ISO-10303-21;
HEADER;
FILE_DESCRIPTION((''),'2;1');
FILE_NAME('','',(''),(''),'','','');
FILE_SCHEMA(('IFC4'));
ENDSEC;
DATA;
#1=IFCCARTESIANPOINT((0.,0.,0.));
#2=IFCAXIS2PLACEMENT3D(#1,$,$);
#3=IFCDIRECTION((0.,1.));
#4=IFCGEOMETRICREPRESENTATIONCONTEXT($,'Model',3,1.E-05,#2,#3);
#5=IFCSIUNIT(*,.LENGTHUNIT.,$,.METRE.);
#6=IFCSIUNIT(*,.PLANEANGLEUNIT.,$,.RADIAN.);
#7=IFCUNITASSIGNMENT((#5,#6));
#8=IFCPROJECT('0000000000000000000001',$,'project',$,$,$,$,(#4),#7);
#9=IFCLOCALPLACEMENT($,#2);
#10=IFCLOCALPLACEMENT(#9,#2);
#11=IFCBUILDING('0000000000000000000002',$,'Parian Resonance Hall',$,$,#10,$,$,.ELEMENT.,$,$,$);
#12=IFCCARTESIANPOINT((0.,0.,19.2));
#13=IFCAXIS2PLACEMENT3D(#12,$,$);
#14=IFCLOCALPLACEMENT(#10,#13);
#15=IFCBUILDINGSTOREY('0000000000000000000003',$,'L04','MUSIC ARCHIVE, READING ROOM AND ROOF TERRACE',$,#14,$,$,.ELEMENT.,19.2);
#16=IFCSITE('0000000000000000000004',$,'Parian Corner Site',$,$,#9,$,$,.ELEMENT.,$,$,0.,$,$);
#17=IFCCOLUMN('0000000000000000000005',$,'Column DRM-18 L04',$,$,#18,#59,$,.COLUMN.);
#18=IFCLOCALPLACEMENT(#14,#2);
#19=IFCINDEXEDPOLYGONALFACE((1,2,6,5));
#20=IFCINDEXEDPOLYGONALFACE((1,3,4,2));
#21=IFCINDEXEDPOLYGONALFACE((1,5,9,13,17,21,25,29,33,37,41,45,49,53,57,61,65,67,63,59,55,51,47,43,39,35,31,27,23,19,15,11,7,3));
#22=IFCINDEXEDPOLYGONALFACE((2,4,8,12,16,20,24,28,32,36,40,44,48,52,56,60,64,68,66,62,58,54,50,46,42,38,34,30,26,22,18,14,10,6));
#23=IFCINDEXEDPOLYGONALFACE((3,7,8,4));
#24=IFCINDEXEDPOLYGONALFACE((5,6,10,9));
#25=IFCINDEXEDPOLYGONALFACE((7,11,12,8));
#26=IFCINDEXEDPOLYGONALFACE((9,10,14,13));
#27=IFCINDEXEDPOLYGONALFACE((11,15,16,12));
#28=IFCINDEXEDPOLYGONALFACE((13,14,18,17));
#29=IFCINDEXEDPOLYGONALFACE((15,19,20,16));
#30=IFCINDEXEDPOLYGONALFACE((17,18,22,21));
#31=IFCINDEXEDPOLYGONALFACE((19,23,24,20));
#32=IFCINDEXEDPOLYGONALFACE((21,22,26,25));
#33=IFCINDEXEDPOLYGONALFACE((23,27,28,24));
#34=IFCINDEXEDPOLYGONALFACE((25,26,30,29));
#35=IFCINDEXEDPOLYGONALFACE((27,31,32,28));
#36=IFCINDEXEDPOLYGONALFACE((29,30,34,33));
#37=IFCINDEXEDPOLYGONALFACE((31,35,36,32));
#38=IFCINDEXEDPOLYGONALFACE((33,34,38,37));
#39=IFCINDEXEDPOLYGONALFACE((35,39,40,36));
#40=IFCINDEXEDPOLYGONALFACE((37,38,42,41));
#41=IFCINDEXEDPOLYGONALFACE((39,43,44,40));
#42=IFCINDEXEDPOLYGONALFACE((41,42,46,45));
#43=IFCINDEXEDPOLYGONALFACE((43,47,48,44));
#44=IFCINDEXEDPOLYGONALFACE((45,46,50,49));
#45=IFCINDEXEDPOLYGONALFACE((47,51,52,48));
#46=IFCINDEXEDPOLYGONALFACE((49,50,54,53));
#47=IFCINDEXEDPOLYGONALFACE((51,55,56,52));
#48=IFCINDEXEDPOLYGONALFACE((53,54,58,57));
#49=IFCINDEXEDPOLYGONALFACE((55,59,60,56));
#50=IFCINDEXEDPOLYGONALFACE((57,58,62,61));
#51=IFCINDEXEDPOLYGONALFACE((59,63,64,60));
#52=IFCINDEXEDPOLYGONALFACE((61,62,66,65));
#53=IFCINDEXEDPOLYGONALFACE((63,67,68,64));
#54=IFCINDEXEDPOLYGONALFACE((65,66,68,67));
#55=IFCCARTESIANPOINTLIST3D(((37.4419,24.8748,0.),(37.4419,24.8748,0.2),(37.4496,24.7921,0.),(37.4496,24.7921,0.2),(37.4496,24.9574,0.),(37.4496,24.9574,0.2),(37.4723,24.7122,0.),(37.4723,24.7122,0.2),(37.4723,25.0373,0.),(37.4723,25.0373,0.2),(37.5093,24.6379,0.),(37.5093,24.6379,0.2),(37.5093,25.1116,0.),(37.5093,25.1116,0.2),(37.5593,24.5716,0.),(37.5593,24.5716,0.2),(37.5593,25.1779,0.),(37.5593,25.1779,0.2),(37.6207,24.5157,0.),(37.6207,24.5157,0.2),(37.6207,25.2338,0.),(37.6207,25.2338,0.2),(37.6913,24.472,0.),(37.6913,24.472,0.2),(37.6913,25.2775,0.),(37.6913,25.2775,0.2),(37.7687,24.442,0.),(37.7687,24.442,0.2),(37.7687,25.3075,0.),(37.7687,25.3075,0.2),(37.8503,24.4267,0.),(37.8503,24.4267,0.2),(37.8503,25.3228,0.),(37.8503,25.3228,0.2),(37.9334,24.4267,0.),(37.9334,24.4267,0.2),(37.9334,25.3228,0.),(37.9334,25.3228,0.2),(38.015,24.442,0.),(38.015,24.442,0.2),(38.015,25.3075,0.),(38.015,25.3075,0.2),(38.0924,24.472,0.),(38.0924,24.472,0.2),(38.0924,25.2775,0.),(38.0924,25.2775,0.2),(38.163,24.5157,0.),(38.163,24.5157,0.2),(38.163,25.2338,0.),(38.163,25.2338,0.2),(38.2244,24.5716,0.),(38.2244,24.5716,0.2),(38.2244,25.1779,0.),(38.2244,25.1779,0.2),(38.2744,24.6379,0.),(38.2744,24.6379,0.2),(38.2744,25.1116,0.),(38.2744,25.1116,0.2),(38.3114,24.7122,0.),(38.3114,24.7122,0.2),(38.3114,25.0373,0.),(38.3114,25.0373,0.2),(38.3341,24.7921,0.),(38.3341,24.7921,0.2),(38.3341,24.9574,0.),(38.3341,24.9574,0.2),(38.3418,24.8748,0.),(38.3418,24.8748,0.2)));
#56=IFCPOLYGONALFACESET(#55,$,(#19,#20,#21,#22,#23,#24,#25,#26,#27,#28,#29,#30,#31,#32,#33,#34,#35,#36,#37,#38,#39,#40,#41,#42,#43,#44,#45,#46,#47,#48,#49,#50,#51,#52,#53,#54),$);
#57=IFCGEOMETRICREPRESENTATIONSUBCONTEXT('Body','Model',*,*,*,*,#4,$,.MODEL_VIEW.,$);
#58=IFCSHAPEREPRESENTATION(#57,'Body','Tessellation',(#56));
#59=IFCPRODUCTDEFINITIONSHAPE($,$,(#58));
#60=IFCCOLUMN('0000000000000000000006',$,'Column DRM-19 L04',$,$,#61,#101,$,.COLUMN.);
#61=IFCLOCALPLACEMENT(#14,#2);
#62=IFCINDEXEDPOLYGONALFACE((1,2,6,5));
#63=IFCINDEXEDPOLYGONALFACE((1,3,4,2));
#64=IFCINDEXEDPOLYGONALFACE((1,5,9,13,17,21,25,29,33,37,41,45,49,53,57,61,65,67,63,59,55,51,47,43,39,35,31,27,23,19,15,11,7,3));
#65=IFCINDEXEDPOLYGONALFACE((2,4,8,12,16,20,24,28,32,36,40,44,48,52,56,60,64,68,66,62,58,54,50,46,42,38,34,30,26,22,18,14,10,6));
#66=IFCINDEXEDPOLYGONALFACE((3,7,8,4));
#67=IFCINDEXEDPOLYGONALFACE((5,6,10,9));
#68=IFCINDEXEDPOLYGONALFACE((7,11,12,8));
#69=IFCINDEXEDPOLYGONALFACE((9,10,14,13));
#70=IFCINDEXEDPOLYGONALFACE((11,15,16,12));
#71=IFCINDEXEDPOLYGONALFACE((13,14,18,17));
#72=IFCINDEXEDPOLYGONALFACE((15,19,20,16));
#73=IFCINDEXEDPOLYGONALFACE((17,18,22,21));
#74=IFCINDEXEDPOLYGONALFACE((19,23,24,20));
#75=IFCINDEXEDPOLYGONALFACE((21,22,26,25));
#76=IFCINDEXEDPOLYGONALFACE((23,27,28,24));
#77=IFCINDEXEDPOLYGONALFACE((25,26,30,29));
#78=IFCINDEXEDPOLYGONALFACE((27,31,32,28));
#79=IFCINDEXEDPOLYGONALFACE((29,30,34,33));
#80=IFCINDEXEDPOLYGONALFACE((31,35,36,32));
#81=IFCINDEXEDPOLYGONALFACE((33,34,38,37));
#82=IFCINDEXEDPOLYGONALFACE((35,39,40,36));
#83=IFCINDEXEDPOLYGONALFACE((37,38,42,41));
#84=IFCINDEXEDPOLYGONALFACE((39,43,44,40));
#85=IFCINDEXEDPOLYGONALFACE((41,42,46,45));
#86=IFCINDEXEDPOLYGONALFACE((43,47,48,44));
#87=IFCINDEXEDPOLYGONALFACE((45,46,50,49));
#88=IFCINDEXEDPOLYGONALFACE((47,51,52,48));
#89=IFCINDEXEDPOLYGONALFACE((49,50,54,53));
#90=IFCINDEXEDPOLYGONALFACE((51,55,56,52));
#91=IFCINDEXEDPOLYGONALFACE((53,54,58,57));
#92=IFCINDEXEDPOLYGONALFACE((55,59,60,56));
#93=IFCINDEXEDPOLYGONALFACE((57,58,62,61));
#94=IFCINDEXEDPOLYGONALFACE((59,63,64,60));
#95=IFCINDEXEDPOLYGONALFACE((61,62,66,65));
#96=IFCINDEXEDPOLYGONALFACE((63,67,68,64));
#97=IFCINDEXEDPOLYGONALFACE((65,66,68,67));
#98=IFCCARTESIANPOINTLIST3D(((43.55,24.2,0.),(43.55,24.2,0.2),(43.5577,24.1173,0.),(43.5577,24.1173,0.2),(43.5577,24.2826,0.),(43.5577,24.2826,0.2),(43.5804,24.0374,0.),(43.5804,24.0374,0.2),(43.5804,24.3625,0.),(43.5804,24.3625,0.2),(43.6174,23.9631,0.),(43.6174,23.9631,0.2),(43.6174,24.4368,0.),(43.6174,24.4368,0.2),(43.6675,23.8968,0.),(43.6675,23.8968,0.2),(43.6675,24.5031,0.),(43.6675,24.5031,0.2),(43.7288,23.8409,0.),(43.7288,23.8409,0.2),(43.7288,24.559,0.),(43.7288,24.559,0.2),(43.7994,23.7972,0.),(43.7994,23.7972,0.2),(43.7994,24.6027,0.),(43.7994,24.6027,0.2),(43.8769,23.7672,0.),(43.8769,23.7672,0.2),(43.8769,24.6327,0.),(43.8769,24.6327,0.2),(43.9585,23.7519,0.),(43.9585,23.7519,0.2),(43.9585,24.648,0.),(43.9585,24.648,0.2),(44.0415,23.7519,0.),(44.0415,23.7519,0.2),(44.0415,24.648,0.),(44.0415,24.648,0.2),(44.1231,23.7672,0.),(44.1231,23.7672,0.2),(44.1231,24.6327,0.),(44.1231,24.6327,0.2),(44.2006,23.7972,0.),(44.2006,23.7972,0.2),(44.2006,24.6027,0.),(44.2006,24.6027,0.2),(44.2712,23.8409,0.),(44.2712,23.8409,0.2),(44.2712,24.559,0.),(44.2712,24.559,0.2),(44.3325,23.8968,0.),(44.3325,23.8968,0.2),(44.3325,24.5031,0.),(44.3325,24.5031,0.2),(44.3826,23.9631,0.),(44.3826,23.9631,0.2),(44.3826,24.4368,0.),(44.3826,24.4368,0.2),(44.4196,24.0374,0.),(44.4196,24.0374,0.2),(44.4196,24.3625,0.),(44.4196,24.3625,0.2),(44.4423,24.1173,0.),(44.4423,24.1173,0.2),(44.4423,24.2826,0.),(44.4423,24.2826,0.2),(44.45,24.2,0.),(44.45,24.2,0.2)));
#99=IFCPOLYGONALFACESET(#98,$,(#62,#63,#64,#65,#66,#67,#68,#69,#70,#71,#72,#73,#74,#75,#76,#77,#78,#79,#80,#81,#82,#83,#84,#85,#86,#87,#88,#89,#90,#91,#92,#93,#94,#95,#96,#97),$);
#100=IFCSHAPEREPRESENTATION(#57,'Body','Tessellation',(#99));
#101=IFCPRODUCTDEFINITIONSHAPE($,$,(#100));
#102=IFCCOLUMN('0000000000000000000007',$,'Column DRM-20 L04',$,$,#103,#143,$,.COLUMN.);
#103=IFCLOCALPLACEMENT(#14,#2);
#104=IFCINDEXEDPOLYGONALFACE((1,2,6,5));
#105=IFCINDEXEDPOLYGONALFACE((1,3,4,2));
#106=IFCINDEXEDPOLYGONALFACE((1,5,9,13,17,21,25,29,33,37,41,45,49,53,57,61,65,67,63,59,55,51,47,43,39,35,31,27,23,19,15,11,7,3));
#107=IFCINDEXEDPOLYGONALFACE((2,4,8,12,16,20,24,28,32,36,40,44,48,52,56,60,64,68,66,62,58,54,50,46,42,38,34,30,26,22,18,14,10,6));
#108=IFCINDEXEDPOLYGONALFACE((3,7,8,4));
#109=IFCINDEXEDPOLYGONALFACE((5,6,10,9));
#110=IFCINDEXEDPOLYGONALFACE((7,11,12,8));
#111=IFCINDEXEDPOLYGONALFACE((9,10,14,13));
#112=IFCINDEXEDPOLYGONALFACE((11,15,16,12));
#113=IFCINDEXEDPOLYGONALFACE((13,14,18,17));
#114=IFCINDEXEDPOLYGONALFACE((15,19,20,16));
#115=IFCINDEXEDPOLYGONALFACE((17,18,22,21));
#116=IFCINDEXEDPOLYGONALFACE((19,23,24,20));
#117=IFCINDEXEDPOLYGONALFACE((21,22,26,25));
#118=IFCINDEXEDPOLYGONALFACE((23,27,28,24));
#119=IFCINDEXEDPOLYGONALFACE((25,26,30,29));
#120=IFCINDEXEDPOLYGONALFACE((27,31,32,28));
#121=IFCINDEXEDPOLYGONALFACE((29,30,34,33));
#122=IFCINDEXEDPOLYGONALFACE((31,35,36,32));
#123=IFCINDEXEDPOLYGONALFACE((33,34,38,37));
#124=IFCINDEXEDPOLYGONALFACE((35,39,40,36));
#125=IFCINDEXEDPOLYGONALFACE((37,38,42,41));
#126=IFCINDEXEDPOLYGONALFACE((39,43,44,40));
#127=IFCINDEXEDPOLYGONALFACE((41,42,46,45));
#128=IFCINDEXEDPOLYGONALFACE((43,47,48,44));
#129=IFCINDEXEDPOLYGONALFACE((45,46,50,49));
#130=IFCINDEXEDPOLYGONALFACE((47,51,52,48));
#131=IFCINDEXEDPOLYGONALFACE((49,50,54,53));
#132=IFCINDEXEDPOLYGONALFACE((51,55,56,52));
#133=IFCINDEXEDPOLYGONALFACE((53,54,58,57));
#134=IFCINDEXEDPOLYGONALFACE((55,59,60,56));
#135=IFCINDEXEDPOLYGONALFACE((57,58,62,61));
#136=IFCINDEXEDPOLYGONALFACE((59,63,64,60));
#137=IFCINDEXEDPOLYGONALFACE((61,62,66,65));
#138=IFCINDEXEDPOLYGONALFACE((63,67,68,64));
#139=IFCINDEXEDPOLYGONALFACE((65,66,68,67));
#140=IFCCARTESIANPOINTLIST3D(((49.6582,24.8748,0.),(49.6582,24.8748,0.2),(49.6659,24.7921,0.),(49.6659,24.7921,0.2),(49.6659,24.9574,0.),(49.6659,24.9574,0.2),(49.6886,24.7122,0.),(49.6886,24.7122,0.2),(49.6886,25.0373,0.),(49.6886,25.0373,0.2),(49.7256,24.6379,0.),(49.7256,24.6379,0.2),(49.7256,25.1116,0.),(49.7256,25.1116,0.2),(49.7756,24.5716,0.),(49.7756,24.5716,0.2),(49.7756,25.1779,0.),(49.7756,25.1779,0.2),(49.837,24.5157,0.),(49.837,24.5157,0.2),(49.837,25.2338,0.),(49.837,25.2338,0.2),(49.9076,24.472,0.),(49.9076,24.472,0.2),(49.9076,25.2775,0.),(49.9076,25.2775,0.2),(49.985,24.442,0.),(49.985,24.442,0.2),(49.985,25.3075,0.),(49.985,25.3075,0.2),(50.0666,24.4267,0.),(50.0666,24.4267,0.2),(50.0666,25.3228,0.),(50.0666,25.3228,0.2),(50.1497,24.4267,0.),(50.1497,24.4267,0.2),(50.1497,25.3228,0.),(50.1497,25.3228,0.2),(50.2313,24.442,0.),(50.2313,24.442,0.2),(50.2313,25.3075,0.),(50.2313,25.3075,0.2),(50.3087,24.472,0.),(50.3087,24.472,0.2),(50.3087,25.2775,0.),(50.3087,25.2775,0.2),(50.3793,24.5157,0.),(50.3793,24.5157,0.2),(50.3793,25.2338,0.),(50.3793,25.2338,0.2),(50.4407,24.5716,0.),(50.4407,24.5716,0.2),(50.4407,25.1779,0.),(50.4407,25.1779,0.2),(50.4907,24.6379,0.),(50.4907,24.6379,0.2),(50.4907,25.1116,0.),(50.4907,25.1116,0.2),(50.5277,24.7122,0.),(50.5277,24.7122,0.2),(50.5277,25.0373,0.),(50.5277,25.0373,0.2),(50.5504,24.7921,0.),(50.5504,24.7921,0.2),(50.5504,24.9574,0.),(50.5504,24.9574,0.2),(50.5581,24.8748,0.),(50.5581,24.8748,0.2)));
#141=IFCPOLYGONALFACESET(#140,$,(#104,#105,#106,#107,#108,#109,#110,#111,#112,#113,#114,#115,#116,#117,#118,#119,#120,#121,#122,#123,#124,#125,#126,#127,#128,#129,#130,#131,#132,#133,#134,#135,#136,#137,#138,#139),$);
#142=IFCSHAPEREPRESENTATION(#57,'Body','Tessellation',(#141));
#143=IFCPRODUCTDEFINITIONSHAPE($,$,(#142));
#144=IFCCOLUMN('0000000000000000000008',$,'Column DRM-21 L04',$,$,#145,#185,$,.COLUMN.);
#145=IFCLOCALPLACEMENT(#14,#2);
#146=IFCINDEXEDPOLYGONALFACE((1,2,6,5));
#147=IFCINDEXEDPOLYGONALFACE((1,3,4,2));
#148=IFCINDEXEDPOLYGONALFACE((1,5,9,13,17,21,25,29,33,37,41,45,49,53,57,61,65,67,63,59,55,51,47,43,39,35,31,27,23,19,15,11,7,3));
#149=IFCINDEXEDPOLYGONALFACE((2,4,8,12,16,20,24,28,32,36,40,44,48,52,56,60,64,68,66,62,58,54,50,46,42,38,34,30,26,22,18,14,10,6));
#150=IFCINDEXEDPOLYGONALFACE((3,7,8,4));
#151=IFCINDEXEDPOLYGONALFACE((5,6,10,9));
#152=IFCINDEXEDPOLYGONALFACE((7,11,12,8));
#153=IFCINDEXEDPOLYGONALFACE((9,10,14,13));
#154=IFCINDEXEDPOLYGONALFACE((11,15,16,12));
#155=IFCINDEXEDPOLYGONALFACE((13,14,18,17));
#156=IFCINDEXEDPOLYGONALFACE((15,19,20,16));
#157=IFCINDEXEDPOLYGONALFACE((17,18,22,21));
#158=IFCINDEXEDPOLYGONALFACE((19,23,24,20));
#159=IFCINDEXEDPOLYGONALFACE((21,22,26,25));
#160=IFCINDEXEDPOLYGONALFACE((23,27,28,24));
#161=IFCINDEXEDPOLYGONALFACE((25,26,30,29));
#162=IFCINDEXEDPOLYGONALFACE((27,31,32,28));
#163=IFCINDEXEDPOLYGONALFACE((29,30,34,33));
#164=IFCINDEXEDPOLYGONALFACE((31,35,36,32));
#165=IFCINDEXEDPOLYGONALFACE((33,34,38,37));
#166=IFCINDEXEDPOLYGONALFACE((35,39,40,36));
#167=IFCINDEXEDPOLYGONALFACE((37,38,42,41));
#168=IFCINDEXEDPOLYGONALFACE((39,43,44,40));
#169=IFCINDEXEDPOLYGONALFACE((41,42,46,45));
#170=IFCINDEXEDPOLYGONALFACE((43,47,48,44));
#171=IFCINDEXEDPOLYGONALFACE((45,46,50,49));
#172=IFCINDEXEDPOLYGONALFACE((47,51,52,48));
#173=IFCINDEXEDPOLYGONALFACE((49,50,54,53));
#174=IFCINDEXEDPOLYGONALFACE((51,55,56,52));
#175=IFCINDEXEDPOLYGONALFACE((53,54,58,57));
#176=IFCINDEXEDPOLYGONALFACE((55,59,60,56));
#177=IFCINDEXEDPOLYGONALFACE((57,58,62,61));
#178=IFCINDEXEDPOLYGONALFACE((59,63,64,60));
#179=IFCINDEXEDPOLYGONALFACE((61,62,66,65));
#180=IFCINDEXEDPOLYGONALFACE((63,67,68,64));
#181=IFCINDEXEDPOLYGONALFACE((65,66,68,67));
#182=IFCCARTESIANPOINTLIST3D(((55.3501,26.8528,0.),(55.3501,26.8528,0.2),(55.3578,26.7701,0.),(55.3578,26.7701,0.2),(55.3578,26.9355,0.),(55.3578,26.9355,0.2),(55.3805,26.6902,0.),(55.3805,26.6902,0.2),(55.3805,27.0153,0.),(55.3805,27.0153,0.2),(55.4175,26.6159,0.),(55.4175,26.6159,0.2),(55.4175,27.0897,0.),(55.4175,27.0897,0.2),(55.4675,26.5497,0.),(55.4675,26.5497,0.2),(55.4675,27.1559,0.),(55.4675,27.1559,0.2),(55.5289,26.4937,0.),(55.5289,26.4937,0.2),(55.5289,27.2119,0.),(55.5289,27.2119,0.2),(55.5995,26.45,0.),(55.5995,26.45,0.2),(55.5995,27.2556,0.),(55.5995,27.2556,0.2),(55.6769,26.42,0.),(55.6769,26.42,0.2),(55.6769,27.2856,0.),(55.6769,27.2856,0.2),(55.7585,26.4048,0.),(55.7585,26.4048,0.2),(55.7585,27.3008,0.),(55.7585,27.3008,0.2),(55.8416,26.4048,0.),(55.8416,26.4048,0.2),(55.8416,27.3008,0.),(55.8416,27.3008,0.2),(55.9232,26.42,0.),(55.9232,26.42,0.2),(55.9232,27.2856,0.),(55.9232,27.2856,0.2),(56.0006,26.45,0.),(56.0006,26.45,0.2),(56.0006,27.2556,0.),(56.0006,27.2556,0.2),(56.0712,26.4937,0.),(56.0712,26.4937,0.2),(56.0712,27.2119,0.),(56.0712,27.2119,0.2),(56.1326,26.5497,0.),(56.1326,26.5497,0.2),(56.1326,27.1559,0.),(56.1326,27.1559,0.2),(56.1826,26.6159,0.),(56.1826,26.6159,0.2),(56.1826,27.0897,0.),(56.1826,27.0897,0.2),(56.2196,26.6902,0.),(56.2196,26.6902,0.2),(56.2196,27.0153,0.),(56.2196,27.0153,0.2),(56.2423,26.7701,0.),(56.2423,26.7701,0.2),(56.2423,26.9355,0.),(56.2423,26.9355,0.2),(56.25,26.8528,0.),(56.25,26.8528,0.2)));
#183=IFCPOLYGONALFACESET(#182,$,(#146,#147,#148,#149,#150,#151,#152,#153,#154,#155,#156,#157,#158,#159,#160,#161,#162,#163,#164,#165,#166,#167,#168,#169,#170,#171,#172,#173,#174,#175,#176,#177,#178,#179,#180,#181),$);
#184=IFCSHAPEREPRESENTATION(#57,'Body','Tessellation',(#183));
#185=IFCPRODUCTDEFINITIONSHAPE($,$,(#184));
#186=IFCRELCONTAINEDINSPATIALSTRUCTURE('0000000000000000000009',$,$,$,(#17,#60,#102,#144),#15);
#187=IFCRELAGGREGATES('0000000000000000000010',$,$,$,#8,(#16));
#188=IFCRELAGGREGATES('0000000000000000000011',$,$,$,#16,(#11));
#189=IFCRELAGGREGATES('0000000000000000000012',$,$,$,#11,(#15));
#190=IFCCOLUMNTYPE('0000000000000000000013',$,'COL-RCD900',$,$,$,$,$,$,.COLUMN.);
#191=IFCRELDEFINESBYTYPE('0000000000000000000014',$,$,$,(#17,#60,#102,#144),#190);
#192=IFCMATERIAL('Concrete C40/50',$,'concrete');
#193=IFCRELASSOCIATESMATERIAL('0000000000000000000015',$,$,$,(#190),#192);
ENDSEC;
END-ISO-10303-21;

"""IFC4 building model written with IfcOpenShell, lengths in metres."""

from ifc_helpers import new_model, si_unit, direction, frame, origin, origin_2d, place, context, subcontext, project, spatial, circle, extrude, material, material_profile, profile_set, type_object, element, save


model = new_model("IFC4")

# Units and contexts
model_context = context("Model", 3, precision=1e-05, world=origin(), true_north=direction((0.0, 1.0)))
body_context = subcontext(model_context, "Body", "Model", "MODEL_VIEW")
ifc_project = project(units=[si_unit("LENGTHUNIT", "METRE"), si_unit("PLANEANGLEUNIT", "RADIAN")], contexts=[model_context])

# Site, building, storey
site_placement = place(None, origin())
site = spatial("IfcSite", under=ifc_project, at=site_placement, Name="Parian Corner Site", CompositionType="ELEMENT", RefElevation=0.0)
building_placement = place(site_placement, origin())
building = spatial("IfcBuilding", under=site, at=building_placement, Name="Parian Resonance Hall", CompositionType="ELEMENT")
storey_placement = place(building_placement, frame((0.0, 0.0, 19.2)))
storey = spatial("IfcBuildingStorey", under=building, at=storey_placement, Name="L04", Description="MUSIC ARCHIVE, READING ROOM AND ROOF TERRACE", CompositionType="ELEMENT", Elevation=19.2)

# Columns
ifc_material_1 = material(Name="Concrete C40/50", Category="concrete")
ifc_material_profile_1 = material_profile(ifc_material_1, circle(Radius=0.45, at=origin_2d()), Name="RC-COL-D900")
ifc_profile_set_1 = profile_set([ifc_material_profile_1], Name="Concrete C40/50")
column_type = type_object("IfcColumnType", Name="COL-RCD900", PredefinedType="COLUMN", material=ifc_profile_set_1)
for number, where, z_axis, x_axis, name in (
    (1, (37.8918, 24.8748, 0.0), (0.0, 0.0, 1.0), (1.0, 0.0, 0.0), "Column DRM-18 L04"),
    (2, (44.0, 24.2, 0.0), (0.0, 0.0, 1.0), (1.0, 0.0, 0.0), "Column DRM-19 L04"),
    (3, (50.1082, 24.8748, 0.0), (0.0, 0.0, 1.0), (1.0, 0.0, 0.0), "Column DRM-20 L04"),
    (4, (55.8, 26.8528, 0.0), (0.0, 0.0, 1.0), (1.0, 0.0, 0.0), "Column DRM-21 L04"),
):
    element("IfcColumn", number, at=place(storey_placement, frame(where, z_axis=z_axis, x_axis=x_axis)), inside=storey, type_object=column_type, Name=name, PredefinedType="COLUMN", context=body_context, shape_type="SweptSolid", body=[
        extrude(circle(Radius=0.45, at=origin_2d()), origin(), (0.0, 0.0, 1.0), 0.2),
    ])

save(model, "model.ifc")
